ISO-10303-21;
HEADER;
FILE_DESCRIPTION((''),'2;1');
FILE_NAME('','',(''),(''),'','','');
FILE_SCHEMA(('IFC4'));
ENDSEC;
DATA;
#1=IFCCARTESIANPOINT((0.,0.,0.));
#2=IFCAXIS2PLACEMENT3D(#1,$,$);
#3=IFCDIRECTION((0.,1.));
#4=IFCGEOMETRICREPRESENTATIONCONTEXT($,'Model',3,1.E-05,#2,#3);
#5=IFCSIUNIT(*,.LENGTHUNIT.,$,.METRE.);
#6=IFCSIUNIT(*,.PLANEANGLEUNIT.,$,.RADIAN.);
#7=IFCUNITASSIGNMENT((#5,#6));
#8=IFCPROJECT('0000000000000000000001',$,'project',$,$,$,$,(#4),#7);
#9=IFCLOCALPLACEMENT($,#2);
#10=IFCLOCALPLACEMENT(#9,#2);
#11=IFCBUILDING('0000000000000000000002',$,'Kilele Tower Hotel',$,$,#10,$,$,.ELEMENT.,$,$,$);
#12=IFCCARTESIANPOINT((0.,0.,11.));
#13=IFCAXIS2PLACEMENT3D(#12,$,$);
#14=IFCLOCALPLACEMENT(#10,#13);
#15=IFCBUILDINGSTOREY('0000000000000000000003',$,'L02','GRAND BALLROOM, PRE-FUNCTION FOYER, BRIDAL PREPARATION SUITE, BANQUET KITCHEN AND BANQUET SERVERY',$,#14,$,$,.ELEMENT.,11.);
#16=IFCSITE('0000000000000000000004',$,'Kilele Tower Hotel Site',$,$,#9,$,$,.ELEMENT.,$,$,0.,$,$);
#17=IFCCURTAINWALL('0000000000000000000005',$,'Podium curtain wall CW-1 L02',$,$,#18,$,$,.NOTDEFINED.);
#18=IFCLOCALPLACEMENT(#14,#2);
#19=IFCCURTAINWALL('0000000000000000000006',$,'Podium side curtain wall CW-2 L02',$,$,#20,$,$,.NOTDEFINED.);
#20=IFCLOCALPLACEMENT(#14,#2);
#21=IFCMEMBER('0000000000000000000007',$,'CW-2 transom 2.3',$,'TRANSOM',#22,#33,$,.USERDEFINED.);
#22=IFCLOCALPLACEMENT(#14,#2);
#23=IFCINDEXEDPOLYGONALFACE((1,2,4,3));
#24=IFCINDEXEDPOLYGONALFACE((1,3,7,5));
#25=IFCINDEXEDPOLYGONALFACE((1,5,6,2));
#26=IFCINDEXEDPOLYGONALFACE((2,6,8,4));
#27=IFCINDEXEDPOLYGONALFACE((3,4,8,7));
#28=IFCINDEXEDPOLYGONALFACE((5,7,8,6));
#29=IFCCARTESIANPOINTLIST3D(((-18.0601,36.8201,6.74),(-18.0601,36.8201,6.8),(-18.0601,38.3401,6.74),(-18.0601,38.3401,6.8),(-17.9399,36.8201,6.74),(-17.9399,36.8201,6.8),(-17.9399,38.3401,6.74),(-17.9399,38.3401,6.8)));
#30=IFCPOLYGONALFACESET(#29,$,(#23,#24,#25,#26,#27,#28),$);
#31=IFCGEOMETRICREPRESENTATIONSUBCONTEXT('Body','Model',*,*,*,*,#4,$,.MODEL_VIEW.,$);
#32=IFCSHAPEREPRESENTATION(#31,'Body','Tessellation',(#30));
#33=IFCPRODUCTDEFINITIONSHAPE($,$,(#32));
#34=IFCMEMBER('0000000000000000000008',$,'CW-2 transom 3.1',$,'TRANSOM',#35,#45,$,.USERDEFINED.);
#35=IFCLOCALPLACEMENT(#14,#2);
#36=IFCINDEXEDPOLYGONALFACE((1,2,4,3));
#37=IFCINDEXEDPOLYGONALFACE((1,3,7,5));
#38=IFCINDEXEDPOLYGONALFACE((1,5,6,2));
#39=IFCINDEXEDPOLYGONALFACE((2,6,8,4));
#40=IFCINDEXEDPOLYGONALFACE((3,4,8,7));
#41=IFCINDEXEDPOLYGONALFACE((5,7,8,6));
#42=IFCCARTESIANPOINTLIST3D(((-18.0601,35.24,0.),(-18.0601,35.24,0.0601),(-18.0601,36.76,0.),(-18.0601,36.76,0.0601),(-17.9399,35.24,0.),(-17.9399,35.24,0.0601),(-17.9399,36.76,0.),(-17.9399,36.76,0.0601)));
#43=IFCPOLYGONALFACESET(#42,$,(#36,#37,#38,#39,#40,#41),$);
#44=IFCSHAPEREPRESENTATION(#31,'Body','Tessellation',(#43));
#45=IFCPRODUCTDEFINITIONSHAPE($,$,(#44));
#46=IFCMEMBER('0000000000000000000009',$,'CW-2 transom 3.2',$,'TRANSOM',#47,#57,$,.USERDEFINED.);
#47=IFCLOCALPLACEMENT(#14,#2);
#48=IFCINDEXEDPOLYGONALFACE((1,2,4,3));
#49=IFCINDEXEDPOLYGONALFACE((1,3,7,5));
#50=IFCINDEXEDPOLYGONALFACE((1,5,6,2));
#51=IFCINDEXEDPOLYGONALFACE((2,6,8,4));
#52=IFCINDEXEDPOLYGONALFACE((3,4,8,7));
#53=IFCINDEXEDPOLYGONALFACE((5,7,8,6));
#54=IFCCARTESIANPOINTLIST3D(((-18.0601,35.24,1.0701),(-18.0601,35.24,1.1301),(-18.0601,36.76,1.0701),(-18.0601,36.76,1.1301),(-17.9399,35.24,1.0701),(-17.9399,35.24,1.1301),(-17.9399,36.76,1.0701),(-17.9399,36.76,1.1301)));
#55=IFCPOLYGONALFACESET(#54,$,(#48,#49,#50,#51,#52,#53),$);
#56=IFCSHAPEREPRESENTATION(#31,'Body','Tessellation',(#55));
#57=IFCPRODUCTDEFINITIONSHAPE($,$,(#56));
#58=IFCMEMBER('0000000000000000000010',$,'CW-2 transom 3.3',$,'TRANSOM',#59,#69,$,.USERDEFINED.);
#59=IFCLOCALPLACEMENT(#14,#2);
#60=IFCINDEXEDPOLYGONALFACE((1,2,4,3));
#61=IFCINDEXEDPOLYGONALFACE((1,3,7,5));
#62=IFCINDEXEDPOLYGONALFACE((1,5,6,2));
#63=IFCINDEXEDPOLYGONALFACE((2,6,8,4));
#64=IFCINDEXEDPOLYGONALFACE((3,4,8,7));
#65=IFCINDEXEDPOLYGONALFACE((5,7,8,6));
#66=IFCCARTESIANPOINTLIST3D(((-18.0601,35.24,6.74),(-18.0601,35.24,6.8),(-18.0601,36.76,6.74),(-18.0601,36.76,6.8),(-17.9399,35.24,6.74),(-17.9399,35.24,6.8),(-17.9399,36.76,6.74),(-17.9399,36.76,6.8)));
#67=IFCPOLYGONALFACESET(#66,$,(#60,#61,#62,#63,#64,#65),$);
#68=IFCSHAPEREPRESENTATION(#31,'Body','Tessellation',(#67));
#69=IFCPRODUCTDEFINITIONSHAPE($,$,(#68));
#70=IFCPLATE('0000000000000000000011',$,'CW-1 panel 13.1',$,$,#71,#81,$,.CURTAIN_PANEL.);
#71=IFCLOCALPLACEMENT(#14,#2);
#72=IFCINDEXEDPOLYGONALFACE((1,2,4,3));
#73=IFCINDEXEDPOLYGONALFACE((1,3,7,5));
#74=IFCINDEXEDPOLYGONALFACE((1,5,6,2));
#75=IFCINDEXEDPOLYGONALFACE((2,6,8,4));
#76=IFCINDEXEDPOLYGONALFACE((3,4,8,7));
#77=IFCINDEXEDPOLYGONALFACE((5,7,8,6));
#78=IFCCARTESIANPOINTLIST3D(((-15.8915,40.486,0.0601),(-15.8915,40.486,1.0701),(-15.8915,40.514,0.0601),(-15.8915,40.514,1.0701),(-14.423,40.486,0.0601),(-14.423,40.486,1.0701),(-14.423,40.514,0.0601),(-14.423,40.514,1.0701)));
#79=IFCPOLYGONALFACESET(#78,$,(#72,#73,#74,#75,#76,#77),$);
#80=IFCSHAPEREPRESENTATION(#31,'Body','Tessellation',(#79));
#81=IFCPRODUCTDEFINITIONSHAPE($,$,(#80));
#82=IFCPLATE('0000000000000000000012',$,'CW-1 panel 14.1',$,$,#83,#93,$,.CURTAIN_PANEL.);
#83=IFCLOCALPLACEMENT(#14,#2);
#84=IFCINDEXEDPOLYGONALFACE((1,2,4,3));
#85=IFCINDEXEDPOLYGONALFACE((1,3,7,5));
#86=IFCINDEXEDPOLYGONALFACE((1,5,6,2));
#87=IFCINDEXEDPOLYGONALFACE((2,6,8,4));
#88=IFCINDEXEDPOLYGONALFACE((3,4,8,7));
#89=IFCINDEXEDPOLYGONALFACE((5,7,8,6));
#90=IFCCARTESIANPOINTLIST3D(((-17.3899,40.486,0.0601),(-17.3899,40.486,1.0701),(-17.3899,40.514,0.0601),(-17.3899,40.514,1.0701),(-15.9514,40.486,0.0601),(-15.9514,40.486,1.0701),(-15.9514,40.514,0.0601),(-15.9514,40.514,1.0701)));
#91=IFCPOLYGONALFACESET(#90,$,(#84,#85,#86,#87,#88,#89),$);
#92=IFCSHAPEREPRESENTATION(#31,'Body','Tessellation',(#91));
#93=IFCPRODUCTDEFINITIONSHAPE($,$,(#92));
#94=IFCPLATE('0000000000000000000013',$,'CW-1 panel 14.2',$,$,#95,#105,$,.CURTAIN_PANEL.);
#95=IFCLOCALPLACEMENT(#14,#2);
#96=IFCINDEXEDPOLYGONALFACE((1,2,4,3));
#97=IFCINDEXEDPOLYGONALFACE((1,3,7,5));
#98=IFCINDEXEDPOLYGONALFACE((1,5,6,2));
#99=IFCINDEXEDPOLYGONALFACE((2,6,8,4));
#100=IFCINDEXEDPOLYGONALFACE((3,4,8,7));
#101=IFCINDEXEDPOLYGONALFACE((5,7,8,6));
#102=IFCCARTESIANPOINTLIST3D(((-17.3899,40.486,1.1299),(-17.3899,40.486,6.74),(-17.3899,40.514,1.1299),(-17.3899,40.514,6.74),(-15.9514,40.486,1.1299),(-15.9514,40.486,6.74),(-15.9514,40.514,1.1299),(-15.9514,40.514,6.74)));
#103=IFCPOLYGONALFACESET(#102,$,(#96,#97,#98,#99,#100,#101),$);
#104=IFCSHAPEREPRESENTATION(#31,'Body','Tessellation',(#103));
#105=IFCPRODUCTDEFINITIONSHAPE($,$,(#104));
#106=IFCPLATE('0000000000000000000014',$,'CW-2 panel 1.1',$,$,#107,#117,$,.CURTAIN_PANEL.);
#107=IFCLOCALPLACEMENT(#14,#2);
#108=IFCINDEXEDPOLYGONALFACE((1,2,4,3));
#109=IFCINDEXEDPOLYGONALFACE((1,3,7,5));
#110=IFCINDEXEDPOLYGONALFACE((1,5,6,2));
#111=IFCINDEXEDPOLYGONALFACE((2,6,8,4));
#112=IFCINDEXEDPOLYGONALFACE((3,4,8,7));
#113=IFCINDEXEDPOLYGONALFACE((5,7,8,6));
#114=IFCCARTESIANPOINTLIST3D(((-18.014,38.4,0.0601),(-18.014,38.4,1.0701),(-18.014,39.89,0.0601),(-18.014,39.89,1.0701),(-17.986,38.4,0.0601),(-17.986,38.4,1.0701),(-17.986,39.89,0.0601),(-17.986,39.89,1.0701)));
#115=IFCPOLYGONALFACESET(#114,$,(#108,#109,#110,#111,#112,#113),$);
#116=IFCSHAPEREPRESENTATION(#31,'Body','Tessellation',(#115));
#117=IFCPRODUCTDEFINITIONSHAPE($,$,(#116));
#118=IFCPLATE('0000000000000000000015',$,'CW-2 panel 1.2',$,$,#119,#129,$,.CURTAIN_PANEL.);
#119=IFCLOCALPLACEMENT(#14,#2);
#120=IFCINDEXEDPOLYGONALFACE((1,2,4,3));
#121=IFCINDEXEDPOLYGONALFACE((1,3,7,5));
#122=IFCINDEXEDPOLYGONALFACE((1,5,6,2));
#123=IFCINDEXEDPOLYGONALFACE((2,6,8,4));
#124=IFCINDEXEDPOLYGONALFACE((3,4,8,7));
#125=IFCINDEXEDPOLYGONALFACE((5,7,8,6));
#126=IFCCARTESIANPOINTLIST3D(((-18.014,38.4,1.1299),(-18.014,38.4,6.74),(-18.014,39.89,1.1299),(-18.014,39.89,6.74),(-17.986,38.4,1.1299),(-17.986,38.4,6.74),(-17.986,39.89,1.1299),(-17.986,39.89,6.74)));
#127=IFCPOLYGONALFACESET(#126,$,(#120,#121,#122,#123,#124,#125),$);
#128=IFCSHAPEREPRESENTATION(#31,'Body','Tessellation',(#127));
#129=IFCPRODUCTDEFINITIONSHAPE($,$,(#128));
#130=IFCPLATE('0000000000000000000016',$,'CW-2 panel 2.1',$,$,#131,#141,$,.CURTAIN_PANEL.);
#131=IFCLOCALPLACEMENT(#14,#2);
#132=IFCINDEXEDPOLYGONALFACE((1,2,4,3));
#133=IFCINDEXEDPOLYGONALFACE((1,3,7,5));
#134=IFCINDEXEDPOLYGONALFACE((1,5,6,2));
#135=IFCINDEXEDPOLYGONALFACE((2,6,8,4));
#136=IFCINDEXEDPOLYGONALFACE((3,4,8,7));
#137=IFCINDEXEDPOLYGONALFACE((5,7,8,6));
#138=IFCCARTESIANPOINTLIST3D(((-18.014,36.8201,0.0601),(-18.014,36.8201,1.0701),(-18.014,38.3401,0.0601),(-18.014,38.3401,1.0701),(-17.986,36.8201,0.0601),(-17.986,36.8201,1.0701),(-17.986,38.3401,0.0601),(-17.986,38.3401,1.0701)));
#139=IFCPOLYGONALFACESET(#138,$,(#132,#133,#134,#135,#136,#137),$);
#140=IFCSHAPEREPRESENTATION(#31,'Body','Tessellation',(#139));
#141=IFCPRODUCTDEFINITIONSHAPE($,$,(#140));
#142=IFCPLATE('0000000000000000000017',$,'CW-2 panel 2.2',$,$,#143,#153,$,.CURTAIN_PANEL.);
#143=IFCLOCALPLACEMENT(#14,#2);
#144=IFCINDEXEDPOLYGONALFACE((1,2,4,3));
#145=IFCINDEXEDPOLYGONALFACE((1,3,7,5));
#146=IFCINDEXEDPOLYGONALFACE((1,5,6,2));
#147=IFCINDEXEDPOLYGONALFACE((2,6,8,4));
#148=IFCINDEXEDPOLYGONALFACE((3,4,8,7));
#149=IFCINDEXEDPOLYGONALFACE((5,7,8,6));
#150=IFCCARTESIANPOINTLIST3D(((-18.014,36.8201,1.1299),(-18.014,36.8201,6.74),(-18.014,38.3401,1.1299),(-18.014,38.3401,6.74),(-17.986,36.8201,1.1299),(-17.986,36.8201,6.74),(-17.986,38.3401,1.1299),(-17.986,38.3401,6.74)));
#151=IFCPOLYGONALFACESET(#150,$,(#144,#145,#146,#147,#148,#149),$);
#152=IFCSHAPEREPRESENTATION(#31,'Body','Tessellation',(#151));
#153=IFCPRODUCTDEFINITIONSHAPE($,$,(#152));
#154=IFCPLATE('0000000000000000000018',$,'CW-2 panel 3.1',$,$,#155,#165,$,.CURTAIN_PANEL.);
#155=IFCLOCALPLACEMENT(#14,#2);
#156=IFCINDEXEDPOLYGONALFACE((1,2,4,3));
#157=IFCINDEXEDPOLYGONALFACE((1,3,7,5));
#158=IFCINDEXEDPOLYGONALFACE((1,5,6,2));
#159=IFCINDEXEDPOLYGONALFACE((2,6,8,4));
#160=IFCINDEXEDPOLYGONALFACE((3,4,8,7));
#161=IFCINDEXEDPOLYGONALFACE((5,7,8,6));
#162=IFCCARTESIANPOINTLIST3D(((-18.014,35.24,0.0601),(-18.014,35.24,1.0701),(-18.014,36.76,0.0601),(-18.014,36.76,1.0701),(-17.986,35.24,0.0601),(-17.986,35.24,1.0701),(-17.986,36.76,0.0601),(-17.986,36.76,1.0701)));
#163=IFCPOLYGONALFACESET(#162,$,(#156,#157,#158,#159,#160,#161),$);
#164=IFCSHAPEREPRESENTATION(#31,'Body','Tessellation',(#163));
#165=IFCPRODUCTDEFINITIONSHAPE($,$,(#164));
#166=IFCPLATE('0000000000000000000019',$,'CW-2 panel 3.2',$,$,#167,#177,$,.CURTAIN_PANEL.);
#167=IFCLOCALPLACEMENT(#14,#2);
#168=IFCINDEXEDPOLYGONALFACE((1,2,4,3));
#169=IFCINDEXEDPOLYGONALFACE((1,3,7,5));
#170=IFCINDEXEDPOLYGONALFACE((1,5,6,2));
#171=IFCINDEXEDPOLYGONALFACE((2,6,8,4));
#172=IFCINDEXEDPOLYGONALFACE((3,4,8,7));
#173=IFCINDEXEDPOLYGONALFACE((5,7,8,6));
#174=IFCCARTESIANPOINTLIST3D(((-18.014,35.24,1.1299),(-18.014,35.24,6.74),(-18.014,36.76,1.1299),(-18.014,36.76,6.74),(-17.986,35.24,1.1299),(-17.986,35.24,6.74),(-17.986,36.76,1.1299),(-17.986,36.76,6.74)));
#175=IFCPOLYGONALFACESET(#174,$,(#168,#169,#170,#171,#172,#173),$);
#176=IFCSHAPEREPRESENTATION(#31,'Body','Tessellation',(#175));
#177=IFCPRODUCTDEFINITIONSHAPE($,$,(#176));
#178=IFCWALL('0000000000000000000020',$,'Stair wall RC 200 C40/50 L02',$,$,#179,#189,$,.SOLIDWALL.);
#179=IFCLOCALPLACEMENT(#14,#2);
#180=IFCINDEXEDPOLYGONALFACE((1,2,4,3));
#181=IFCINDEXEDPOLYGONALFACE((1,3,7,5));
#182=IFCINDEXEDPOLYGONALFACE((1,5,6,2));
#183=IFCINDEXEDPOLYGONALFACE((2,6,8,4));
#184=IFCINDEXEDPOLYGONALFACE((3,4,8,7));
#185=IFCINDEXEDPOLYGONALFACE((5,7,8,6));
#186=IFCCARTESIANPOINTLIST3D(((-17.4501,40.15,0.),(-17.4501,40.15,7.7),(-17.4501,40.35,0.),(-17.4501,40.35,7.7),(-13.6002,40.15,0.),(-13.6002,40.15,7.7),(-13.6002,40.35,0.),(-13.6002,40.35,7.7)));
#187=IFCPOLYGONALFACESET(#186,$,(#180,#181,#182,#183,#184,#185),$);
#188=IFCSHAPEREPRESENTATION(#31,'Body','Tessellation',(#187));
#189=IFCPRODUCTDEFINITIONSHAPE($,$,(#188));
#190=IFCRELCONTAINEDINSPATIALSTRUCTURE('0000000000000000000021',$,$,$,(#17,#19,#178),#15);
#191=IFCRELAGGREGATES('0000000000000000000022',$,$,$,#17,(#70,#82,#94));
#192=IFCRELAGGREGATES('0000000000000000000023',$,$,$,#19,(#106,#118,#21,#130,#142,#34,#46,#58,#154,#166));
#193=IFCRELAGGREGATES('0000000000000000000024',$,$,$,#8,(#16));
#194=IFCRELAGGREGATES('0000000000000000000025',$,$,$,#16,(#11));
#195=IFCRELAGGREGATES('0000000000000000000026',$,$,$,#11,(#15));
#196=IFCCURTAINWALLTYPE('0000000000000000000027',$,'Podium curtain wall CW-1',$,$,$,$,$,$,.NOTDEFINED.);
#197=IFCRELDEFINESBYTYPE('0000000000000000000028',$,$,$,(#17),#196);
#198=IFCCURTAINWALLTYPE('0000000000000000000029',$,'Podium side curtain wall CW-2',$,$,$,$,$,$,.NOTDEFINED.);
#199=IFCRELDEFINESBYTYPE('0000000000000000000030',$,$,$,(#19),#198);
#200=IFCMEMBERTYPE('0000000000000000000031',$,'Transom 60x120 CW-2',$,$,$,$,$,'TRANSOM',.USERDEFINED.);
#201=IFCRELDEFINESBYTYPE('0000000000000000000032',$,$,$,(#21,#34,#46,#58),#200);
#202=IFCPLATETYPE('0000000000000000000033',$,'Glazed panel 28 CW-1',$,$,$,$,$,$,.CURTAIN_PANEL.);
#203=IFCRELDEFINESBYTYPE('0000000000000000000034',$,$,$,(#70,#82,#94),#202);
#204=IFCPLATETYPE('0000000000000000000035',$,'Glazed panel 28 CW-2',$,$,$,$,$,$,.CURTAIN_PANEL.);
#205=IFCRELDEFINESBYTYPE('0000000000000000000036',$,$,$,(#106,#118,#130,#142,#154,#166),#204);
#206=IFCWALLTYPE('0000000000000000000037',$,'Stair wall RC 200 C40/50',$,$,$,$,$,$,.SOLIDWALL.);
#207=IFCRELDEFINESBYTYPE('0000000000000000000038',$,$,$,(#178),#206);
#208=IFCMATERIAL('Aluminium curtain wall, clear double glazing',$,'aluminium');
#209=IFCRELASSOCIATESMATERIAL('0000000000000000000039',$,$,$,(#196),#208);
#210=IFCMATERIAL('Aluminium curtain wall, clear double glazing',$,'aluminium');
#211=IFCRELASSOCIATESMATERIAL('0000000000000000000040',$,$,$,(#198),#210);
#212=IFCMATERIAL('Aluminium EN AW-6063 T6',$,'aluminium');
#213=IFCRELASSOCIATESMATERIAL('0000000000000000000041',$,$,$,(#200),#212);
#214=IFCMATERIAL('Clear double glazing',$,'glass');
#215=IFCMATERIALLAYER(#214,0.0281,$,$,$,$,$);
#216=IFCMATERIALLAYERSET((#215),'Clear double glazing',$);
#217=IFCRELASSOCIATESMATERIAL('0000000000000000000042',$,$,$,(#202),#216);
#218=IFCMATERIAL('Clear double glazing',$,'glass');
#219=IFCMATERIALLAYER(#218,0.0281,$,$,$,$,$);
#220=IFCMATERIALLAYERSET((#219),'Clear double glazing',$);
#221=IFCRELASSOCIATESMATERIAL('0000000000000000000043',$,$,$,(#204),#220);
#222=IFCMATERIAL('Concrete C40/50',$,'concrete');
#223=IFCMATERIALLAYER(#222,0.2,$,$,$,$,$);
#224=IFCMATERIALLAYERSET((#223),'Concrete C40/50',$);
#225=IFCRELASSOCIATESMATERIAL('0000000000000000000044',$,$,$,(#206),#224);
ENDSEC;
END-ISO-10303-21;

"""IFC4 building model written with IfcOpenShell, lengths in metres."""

from ifc_helpers import new_model, si_unit, direction, frame, frame_2d, origin, origin_2d, place, context, subcontext, project, spatial, rectangle, extrude, material, layer, layer_set, material_profile, profile_set, type_object, element, aggregate, save


model = new_model("IFC4")

# Units and contexts
model_context = context("Model", 3, precision=1e-05, world=origin(), true_north=direction((0.0, 1.0)))
body_context = subcontext(model_context, "Body", "Model", "MODEL_VIEW")
ifc_project = project(units=[si_unit("LENGTHUNIT", "METRE"), si_unit("PLANEANGLEUNIT", "RADIAN")], contexts=[model_context])

# Site, building, storey
site_placement = place(None, origin())
site = spatial("IfcSite", under=ifc_project, at=site_placement, Name="Kilele Tower Hotel Site", CompositionType="ELEMENT", RefElevation=0.0)
building_placement = place(site_placement, origin())
building = spatial("IfcBuilding", under=site, at=building_placement, Name="Kilele Tower Hotel", CompositionType="ELEMENT")
storey_placement = place(building_placement, frame((0.0, 0.0, 11.0)))
storey = spatial("IfcBuildingStorey", under=building, at=storey_placement, Name="L02", Description="GRAND BALLROOM, PRE-FUNCTION FOYER, BRIDAL PREPARATION SUITE, BANQUET KITCHEN AND BANQUET SERVERY", CompositionType="ELEMENT", Elevation=11.0)

# Curtain walls
ifc_material_1 = material(Name="Aluminium curtain wall, clear double glazing", Category="aluminium")
curtain_wall_type_1 = type_object("IfcCurtainWallType", Name="Podium curtain wall CW-1", PredefinedType="NOTDEFINED", material=ifc_material_1)
curtain_wall_1_placement = place(storey_placement, origin())
curtain_wall_1 = element("IfcCurtainWall", 1, at=curtain_wall_1_placement, inside=storey, type_object=curtain_wall_type_1, Name="Podium curtain wall CW-1 L02", PredefinedType="NOTDEFINED")
ifc_material_2 = material(Name="Aluminium curtain wall, clear double glazing", Category="aluminium")
curtain_wall_type_2 = type_object("IfcCurtainWallType", Name="Podium side curtain wall CW-2", PredefinedType="NOTDEFINED", material=ifc_material_2)
curtain_wall_2_placement = place(storey_placement, origin())
curtain_wall_2 = element("IfcCurtainWall", 2, at=curtain_wall_2_placement, inside=storey, type_object=curtain_wall_type_2, Name="Podium side curtain wall CW-2 L02", PredefinedType="NOTDEFINED")

# Members
ifc_material_3 = material(Name="Aluminium EN AW-6063 T6", Category="aluminium")
ifc_material_profile_1 = material_profile(ifc_material_3, rectangle(XDim=0.1201, YDim=0.0601, at=origin_2d()))
ifc_profile_set_1 = profile_set([ifc_material_profile_1], Name="Aluminium EN AW-6063 T6")
member_type_1 = type_object("IfcMemberType", Name="Transom 60x120 CW-2", ElementType="TRANSOM", PredefinedType="USERDEFINED", material=ifc_profile_set_1)
member_1_placement = place(storey_placement, frame((-18.0, 38.3401, 6.77), z_axis=(0.0, -1.0, 0.0), x_axis=(1.0, 0.0, 0.0)))
member_1 = element("IfcMember", 3, at=member_1_placement, type_object=member_type_1, Name="CW-2 transom 2.3", ObjectType="TRANSOM", PredefinedType="USERDEFINED", context=body_context, shape_type="SweptSolid", body=[
    extrude(rectangle(XDim=0.1201, YDim=0.0601, at=origin_2d()), origin(), (0.0, 0.0, 1.0), 1.52),
])
member_2_placement = place(storey_placement, frame((-18.0, 36.76, 0.03), z_axis=(0.0, -1.0, 0.0), x_axis=(1.0, 0.0, 0.0)))
member_2 = element("IfcMember", 4, at=member_2_placement, type_object=member_type_1, Name="CW-2 transom 3.1", ObjectType="TRANSOM", PredefinedType="USERDEFINED", context=body_context, shape_type="SweptSolid", body=[
    extrude(rectangle(XDim=0.1201, YDim=0.0601, at=origin_2d()), origin(), (0.0, 0.0, 1.0), 1.52),
])
member_3_placement = place(storey_placement, frame((-18.0, 36.76, 1.1001), z_axis=(0.0, -1.0, 0.0), x_axis=(1.0, 0.0, 0.0)))
member_3 = element("IfcMember", 5, at=member_3_placement, type_object=member_type_1, Name="CW-2 transom 3.2", ObjectType="TRANSOM", PredefinedType="USERDEFINED", context=body_context, shape_type="SweptSolid", body=[
    extrude(rectangle(XDim=0.1201, YDim=0.0601, at=origin_2d()), origin(), (0.0, 0.0, 1.0), 1.52),
])
member_4_placement = place(storey_placement, frame((-18.0, 36.76, 6.77), z_axis=(0.0, -1.0, 0.0), x_axis=(1.0, 0.0, 0.0)))
member_4 = element("IfcMember", 6, at=member_4_placement, type_object=member_type_1, Name="CW-2 transom 3.3", ObjectType="TRANSOM", PredefinedType="USERDEFINED", context=body_context, shape_type="SweptSolid", body=[
    extrude(rectangle(XDim=0.1201, YDim=0.0601, at=origin_2d()), origin(), (0.0, 0.0, 1.0), 1.52),
])

# Plates
ifc_material_4 = material(Name="Clear double glazing", Category="glass")
ifc_layer_1 = layer(ifc_material_4, 0.0281)
ifc_layer_set_1 = layer_set([ifc_layer_1], Name="Clear double glazing")
plate_type_1 = type_object("IfcPlateType", Name="Glazed panel 28 CW-1", PredefinedType="CURTAIN_PANEL", material=ifc_layer_set_1)
plate_1_placement = place(storey_placement, frame((-15.1572, 40.5, 0.0601), z_axis=(0.0, 0.0, 1.0), x_axis=(-1.0, 0.0, 0.0)))
plate_1 = element("IfcPlate", 7, at=plate_1_placement, type_object=plate_type_1, Name="CW-1 panel 13.1", PredefinedType="CURTAIN_PANEL", context=body_context, shape_type="SweptSolid", body=[
    extrude(rectangle(XDim=1.4685, YDim=0.0281, at=origin_2d()), origin(), (0.0, 0.0, 1.0), 1.01),
])
plate_2_placement = place(storey_placement, frame((-16.6707, 40.5, 0.0601), z_axis=(0.0, 0.0, 1.0), x_axis=(-1.0, 0.0, 0.0)))
plate_2 = element("IfcPlate", 8, at=plate_2_placement, type_object=plate_type_1, Name="CW-1 panel 14.1", PredefinedType="CURTAIN_PANEL", context=body_context, shape_type="SweptSolid", body=[
    extrude(rectangle(XDim=1.4385, YDim=0.0281, at=origin_2d()), origin(), (0.0, 0.0, 1.0), 1.01),
])
plate_3_placement = place(storey_placement, frame((-16.6707, 40.5, 1.1299), z_axis=(0.0, 0.0, 1.0), x_axis=(-1.0, 0.0, 0.0)))
plate_3 = element("IfcPlate", 9, at=plate_3_placement, type_object=plate_type_1, Name="CW-1 panel 14.2", PredefinedType="CURTAIN_PANEL", context=body_context, shape_type="SweptSolid", body=[
    extrude(rectangle(XDim=1.4385, YDim=0.0281, at=origin_2d()), origin(), (0.0, 0.0, 1.0), 5.6101),
])
aggregate(curtain_wall_1, [plate_1, plate_2, plate_3])
ifc_material_5 = material(Name="Clear double glazing", Category="glass")
ifc_layer_2 = layer(ifc_material_5, 0.0281)
ifc_layer_set_2 = layer_set([ifc_layer_2], Name="Clear double glazing")
plate_type_2 = type_object("IfcPlateType", Name="Glazed panel 28 CW-2", PredefinedType="CURTAIN_PANEL", material=ifc_layer_set_2)
plate_4_placement = place(storey_placement, frame((-18.0, 39.145, 0.0601), z_axis=(0.0, 0.0, 1.0), x_axis=(0.0, -1.0, 0.0)))
plate_4 = element("IfcPlate", 10, at=plate_4_placement, type_object=plate_type_2, Name="CW-2 panel 1.1", PredefinedType="CURTAIN_PANEL", context=body_context, shape_type="SweptSolid", body=[
    extrude(rectangle(XDim=1.49, YDim=0.0281, at=origin_2d()), origin(), (0.0, 0.0, 1.0), 1.01),
])
plate_5_placement = place(storey_placement, frame((-18.0, 39.145, 1.1299), z_axis=(0.0, 0.0, 1.0), x_axis=(0.0, -1.0, 0.0)))
plate_5 = element("IfcPlate", 11, at=plate_5_placement, type_object=plate_type_2, Name="CW-2 panel 1.2", PredefinedType="CURTAIN_PANEL", context=body_context, shape_type="SweptSolid", body=[
    extrude(rectangle(XDim=1.49, YDim=0.0281, at=origin_2d()), origin(), (0.0, 0.0, 1.0), 5.6101),
])
plate_6_placement = place(storey_placement, frame((-18.0, 37.5801, 0.0601), z_axis=(0.0, 0.0, 1.0), x_axis=(0.0, -1.0, 0.0)))
plate_6 = element("IfcPlate", 12, at=plate_6_placement, type_object=plate_type_2, Name="CW-2 panel 2.1", PredefinedType="CURTAIN_PANEL", context=body_context, shape_type="SweptSolid", body=[
    extrude(rectangle(XDim=1.52, YDim=0.0281, at=origin_2d()), origin(), (0.0, 0.0, 1.0), 1.01),
])
plate_7_placement = place(storey_placement, frame((-18.0, 37.5801, 1.1299), z_axis=(0.0, 0.0, 1.0), x_axis=(0.0, -1.0, 0.0)))
plate_7 = element("IfcPlate", 13, at=plate_7_placement, type_object=plate_type_2, Name="CW-2 panel 2.2", PredefinedType="CURTAIN_PANEL", context=body_context, shape_type="SweptSolid", body=[
    extrude(rectangle(XDim=1.52, YDim=0.0281, at=origin_2d()), origin(), (0.0, 0.0, 1.0), 5.6101),
])
plate_8_placement = place(storey_placement, frame((-18.0, 36.0, 0.0601), z_axis=(0.0, 0.0, 1.0), x_axis=(0.0, -1.0, 0.0)))
plate_8 = element("IfcPlate", 14, at=plate_8_placement, type_object=plate_type_2, Name="CW-2 panel 3.1", PredefinedType="CURTAIN_PANEL", context=body_context, shape_type="SweptSolid", body=[
    extrude(rectangle(XDim=1.52, YDim=0.0281, at=origin_2d()), origin(), (0.0, 0.0, 1.0), 1.01),
])
plate_9_placement = place(storey_placement, frame((-18.0, 36.0, 1.1299), z_axis=(0.0, 0.0, 1.0), x_axis=(0.0, -1.0, 0.0)))
plate_9 = element("IfcPlate", 15, at=plate_9_placement, type_object=plate_type_2, Name="CW-2 panel 3.2", PredefinedType="CURTAIN_PANEL", context=body_context, shape_type="SweptSolid", body=[
    extrude(rectangle(XDim=1.52, YDim=0.0281, at=origin_2d()), origin(), (0.0, 0.0, 1.0), 5.6101),
])
aggregate(curtain_wall_2, [plate_4, plate_5, member_1, plate_6, plate_7, member_2, member_3, member_4, plate_8, plate_9])

# Wall
ifc_material_6 = material(Name="Concrete C40/50", Category="concrete")
ifc_layer_3 = layer(ifc_material_6, 0.2)
ifc_layer_set_3 = layer_set([ifc_layer_3], Name="Concrete C40/50")
wall_type = type_object("IfcWallType", Name="Stair wall RC 200 C40/50", PredefinedType="SOLIDWALL", material=ifc_layer_set_3)
wall_placement = place(storey_placement, frame((-17.45, 40.25, 0.0), z_axis=(0.0, 0.0, 1.0), x_axis=(1.0, 0.0, 0.0)))
element("IfcWall", 16, at=wall_placement, inside=storey, type_object=wall_type, Name="Stair wall RC 200 C40/50 L02", PredefinedType="SOLIDWALL", context=body_context, shape_type="SweptSolid", body=[
    extrude(rectangle(XDim=3.8499, YDim=0.2, at=frame_2d((1.9248, 0.0))), origin(), (0.0, 0.0, 1.0), 7.7),
])

save(model, "model.ifc")
